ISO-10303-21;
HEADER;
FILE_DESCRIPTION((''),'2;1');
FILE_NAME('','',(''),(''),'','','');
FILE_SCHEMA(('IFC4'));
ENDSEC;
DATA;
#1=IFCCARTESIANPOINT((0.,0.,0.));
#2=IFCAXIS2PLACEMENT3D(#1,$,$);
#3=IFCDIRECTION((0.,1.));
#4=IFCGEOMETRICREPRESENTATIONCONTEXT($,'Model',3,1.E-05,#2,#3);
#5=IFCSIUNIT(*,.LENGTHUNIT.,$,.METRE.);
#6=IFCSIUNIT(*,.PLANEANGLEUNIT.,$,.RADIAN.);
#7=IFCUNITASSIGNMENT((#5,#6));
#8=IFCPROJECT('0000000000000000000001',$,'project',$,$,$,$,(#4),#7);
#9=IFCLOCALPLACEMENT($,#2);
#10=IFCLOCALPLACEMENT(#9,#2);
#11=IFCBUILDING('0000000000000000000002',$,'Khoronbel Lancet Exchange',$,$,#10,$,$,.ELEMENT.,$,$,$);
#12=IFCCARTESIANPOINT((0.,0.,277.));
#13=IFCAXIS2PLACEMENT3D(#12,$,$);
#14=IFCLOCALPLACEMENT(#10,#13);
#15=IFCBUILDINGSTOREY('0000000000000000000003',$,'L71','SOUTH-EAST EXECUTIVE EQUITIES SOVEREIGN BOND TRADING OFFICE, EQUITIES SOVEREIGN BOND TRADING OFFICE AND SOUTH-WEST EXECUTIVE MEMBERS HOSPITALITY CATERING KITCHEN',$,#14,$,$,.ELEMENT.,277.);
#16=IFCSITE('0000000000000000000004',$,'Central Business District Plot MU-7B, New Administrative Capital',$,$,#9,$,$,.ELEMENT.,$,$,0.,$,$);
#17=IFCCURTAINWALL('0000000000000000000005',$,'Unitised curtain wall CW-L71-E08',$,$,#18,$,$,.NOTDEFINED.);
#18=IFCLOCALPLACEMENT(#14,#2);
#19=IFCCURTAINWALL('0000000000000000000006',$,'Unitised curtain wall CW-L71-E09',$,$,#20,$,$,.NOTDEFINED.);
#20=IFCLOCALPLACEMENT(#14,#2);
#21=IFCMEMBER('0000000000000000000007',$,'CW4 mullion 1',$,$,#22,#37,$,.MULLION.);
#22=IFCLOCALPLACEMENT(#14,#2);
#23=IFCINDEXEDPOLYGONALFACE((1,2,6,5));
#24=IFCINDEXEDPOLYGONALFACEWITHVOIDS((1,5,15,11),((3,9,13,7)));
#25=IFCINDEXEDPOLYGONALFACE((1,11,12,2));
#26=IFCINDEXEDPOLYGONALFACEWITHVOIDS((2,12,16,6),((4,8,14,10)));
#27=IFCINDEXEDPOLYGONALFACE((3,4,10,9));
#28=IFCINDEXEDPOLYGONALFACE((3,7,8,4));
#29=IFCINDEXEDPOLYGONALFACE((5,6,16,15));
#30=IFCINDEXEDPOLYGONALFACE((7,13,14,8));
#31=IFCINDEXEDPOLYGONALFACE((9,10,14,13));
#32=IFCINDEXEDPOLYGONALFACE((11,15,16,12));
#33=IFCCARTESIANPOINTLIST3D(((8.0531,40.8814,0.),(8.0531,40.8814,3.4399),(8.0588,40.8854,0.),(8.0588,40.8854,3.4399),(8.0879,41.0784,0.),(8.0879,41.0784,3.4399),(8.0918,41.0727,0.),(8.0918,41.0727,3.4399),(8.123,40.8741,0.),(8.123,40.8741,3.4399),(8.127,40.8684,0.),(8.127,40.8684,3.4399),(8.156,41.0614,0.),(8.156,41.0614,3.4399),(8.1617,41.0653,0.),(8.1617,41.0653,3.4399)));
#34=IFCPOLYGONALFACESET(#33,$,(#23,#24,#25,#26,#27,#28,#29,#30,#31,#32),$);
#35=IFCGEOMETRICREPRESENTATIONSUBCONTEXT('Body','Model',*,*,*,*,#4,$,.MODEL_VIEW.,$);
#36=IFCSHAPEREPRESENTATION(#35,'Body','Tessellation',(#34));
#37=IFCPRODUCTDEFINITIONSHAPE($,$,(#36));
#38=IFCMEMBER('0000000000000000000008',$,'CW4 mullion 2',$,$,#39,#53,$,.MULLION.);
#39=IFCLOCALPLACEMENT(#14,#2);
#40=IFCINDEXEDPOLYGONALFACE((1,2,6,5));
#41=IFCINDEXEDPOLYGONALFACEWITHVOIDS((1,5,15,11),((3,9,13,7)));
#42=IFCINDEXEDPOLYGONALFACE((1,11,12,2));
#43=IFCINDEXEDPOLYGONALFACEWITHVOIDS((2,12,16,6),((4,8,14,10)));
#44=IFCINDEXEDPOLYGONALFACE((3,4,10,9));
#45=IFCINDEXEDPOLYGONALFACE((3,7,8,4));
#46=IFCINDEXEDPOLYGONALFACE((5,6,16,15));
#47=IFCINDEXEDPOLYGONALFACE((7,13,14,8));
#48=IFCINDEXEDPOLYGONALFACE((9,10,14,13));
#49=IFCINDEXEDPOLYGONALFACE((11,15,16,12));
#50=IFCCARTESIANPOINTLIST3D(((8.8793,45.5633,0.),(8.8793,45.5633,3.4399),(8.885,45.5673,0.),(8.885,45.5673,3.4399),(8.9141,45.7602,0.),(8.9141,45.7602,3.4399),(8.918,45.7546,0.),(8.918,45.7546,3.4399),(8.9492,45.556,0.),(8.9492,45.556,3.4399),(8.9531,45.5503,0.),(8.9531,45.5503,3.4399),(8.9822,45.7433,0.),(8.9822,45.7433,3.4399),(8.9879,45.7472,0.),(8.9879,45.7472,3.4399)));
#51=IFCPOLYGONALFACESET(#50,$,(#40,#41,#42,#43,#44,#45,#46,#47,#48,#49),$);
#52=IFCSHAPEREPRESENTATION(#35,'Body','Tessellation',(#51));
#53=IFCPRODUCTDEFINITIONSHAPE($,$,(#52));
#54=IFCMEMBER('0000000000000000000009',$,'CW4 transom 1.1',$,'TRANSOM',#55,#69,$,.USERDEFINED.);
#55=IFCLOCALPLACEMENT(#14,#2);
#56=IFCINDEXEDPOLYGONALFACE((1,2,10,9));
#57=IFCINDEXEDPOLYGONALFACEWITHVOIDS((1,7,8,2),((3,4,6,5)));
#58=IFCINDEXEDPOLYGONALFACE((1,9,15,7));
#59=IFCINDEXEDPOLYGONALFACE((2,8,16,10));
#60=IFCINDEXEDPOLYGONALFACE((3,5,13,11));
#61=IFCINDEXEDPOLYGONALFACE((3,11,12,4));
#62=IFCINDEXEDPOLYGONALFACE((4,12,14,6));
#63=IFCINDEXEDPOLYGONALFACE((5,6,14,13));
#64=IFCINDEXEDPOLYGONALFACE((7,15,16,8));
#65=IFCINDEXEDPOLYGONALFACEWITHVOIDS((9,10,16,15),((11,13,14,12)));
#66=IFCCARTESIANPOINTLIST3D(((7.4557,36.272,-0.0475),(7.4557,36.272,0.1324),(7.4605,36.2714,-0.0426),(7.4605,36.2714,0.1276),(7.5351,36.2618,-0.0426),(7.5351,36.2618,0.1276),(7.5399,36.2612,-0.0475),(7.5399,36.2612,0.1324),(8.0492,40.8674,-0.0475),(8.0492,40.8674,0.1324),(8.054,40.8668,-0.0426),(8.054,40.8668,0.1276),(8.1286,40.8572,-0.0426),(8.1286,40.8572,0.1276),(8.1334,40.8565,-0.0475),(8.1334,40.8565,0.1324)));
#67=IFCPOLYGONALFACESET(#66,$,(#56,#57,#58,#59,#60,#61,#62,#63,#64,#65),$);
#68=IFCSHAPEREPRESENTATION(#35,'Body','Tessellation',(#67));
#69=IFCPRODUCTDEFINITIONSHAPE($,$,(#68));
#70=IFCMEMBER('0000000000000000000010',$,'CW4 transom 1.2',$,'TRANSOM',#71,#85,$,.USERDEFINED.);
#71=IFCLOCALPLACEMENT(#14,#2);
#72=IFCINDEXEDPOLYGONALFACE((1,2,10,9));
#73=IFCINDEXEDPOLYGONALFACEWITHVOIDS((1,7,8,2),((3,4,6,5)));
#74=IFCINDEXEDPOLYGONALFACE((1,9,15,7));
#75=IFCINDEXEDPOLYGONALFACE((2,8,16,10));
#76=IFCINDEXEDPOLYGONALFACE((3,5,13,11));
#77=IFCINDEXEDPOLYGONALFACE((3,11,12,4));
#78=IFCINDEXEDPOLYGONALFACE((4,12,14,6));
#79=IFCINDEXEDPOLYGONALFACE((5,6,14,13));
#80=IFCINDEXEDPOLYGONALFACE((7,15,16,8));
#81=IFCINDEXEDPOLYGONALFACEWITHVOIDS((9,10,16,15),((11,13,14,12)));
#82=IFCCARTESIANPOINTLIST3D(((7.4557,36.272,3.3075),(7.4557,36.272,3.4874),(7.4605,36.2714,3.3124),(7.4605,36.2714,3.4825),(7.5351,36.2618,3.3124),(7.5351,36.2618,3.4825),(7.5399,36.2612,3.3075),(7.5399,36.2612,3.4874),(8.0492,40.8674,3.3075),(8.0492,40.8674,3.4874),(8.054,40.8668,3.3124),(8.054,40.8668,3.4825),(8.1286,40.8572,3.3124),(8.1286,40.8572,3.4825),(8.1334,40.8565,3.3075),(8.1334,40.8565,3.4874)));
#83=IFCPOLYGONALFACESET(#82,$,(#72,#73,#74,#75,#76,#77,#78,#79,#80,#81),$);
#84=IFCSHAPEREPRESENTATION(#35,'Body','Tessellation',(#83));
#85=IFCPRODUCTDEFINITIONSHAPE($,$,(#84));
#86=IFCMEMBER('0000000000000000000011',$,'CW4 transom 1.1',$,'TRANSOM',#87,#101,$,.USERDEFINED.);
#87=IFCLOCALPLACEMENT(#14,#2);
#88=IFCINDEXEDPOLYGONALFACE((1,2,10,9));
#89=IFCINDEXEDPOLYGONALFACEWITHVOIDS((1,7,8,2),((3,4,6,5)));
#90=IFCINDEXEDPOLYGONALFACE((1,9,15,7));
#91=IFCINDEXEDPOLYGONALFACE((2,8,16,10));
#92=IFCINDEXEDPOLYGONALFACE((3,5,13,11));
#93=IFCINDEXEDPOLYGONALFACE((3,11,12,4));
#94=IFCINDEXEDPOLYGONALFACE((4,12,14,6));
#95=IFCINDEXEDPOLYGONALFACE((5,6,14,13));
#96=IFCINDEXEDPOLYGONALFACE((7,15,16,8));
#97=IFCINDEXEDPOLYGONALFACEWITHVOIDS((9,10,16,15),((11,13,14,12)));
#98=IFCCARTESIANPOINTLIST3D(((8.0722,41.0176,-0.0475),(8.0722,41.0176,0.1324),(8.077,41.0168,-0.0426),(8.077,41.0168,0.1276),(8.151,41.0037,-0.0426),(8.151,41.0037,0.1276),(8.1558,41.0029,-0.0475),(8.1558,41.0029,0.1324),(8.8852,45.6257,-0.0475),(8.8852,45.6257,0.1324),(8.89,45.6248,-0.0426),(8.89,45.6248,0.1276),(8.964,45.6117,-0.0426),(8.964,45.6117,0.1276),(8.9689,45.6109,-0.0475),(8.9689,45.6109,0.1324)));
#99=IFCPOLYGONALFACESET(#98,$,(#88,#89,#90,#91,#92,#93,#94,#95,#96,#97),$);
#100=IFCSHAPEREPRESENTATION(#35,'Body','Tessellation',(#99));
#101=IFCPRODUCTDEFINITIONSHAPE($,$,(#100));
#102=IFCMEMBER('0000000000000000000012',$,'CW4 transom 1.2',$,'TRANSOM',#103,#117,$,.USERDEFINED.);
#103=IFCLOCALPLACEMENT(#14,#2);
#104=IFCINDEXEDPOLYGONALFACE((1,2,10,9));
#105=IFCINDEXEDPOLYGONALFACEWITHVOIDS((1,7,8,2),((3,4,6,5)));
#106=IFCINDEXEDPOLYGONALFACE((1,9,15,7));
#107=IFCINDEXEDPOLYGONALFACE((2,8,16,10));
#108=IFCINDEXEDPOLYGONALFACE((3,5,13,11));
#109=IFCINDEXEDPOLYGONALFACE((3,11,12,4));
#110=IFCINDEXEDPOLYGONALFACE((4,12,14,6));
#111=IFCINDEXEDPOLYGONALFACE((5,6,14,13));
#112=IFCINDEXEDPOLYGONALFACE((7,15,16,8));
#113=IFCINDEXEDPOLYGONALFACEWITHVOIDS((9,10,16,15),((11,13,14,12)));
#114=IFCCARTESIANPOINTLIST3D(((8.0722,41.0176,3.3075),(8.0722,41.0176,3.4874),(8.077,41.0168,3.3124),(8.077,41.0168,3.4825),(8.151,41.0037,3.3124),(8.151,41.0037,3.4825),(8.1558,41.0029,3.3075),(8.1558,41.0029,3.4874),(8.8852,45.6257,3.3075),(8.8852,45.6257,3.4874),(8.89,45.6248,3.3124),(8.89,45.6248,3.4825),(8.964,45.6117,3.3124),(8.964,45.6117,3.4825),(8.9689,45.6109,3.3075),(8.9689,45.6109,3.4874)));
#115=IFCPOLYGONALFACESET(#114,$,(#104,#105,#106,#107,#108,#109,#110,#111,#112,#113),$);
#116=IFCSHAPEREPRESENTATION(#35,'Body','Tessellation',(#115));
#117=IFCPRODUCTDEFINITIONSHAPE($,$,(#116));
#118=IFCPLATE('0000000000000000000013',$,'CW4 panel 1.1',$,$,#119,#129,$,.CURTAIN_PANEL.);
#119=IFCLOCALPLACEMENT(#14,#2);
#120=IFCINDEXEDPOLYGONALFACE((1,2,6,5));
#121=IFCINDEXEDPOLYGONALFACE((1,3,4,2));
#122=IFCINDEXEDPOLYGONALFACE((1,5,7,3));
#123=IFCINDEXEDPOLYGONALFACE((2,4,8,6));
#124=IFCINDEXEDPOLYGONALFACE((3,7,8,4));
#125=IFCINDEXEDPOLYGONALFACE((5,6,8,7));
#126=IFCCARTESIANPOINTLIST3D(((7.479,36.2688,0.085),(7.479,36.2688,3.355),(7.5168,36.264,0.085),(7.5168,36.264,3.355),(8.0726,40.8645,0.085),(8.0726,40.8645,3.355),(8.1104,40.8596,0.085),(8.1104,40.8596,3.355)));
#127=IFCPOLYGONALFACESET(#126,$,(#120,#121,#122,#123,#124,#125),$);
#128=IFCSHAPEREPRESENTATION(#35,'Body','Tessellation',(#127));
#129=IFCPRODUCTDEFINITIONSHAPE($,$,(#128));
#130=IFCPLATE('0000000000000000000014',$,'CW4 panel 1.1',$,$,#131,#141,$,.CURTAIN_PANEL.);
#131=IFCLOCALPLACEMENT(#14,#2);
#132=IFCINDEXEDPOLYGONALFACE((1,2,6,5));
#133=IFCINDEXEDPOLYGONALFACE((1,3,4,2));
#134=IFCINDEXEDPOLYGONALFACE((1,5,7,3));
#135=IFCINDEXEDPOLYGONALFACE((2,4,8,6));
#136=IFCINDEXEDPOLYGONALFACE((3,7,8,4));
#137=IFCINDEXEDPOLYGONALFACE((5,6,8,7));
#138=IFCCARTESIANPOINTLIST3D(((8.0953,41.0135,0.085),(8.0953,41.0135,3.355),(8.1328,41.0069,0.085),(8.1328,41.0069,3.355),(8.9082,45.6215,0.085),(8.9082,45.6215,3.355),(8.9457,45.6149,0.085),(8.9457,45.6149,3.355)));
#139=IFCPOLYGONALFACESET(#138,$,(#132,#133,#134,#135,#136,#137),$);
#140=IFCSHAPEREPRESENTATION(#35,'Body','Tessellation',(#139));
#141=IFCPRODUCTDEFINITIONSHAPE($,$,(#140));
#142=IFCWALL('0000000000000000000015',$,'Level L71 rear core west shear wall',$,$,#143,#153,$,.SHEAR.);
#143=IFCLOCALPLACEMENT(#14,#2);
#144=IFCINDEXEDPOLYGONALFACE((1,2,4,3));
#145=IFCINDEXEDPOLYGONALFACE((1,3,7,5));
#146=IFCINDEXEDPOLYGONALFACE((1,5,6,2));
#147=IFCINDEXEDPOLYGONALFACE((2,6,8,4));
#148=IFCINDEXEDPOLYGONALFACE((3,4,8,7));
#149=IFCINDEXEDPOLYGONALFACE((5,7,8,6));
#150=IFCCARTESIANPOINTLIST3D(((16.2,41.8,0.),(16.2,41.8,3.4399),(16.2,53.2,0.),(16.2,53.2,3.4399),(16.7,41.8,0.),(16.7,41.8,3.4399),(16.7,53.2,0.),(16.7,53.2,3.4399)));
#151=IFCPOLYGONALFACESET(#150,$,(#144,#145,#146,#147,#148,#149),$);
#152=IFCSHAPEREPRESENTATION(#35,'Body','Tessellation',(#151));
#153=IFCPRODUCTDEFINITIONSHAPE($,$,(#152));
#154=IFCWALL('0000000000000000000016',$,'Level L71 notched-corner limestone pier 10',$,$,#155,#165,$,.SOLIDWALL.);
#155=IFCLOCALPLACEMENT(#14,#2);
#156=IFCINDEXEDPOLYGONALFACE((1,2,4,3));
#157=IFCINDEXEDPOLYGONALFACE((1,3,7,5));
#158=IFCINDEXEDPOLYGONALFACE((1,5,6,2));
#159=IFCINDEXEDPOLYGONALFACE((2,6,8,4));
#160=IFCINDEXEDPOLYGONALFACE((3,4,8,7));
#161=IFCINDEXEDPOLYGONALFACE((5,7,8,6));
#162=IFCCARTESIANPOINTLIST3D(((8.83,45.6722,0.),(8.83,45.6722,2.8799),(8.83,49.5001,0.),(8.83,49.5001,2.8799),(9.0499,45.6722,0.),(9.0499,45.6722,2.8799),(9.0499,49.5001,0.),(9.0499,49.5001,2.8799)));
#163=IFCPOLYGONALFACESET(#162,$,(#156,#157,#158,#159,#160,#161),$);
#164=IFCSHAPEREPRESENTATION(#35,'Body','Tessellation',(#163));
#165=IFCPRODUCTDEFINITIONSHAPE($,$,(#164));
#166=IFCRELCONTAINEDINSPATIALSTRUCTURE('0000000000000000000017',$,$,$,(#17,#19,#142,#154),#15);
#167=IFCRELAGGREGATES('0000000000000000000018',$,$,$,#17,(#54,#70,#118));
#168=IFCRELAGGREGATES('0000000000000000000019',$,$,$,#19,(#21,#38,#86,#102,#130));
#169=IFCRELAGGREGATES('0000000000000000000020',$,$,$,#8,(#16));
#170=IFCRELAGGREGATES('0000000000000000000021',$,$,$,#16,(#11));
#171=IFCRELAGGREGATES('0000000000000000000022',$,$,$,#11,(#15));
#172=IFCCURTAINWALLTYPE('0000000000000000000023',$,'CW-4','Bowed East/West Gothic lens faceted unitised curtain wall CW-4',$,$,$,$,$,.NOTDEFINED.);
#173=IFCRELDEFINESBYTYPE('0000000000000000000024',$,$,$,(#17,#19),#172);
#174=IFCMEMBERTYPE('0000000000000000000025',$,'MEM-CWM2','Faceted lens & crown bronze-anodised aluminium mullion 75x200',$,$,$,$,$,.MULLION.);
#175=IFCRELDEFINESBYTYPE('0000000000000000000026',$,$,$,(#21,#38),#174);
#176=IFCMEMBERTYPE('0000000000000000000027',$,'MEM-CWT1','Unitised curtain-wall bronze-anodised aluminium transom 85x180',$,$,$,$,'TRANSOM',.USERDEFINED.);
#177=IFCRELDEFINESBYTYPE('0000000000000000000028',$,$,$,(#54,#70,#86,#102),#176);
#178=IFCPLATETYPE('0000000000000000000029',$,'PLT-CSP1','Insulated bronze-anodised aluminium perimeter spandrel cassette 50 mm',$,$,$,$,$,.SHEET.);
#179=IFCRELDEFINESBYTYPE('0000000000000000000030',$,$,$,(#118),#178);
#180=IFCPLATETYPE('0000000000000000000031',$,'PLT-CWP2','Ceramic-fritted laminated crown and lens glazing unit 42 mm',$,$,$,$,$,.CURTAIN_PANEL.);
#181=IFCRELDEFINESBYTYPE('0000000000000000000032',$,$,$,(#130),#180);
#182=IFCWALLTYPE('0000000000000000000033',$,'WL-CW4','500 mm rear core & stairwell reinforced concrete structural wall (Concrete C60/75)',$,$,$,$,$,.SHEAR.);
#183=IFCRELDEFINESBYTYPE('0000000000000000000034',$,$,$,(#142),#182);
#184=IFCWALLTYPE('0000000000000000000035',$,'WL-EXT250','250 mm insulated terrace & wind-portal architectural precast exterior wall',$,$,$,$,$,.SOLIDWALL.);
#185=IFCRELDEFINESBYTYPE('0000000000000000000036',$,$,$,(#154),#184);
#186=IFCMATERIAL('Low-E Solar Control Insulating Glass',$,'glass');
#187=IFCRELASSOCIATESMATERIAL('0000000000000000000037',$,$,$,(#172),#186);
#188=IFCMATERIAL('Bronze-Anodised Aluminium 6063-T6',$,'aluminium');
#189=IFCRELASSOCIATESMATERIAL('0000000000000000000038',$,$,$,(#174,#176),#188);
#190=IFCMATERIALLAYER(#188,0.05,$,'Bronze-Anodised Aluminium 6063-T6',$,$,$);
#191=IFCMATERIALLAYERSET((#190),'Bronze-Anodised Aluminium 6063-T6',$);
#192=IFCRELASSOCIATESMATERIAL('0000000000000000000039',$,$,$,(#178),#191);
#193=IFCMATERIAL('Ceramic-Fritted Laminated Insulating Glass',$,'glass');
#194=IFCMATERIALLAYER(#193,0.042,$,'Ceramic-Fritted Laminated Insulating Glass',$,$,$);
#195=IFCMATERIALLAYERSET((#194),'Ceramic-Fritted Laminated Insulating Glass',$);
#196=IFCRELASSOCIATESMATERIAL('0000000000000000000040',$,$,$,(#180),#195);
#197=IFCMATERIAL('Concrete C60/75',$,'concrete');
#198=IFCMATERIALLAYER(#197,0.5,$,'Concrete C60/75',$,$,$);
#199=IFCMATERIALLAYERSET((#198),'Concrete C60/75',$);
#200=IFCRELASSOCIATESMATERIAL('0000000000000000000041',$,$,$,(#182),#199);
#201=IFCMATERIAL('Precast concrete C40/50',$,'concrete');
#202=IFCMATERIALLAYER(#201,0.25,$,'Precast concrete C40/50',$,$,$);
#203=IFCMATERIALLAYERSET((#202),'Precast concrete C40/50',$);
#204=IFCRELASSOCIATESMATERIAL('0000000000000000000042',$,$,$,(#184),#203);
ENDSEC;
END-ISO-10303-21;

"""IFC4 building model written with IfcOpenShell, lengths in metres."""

from ifc_helpers import new_model, si_unit, direction, frame, frame_2d, origin, origin_2d, place, context, subcontext, project, spatial, rectangle, hollow_rectangle, extrude, material, layer, layer_set, material_profile, profile_set, type_object, element, aggregate, save


model = new_model("IFC4")

# Units and contexts
model_context = context("Model", 3, precision=1e-05, world=origin(), true_north=direction((0.0, 1.0)))
body_context = subcontext(model_context, "Body", "Model", "MODEL_VIEW")
ifc_project = project(units=[si_unit("LENGTHUNIT", "METRE"), si_unit("PLANEANGLEUNIT", "RADIAN")], contexts=[model_context])

# Site, building, storey
site_placement = place(None, origin())
site = spatial("IfcSite", under=ifc_project, at=site_placement, Name="Central Business District Plot MU-7B, New Administrative Capital", CompositionType="ELEMENT", RefElevation=0.0)
building_placement = place(site_placement, origin())
building = spatial("IfcBuilding", under=site, at=building_placement, Name="Khoronbel Lancet Exchange", CompositionType="ELEMENT")
storey_placement = place(building_placement, frame((0.0, 0.0, 277.0)))
storey = spatial("IfcBuildingStorey", under=building, at=storey_placement, Name="L71", Description="SOUTH-EAST EXECUTIVE EQUITIES SOVEREIGN BOND TRADING OFFICE, EQUITIES SOVEREIGN BOND TRADING OFFICE AND SOUTH-WEST EXECUTIVE MEMBERS HOSPITALITY CATERING KITCHEN", CompositionType="ELEMENT", Elevation=277.0)

# Shared definitions
ifc_material_1 = material(Name="Low-E Solar Control Insulating Glass", Category="glass")
curtain_wall_type = type_object("IfcCurtainWallType", Name="CW-4", Description="Bowed East/West Gothic lens faceted unitised curtain wall CW-4", PredefinedType="NOTDEFINED", material=ifc_material_1)
ifc_material_2 = material(Name="Bronze-Anodised Aluminium 6063-T6", Category="aluminium")
ifc_material_profile_1 = material_profile(ifc_material_2, hollow_rectangle(XDim=0.075, YDim=0.2, WallThickness=0.0049, at=origin_2d()), Name="ALU MULLION 75x200")
ifc_profile_set_1 = profile_set([ifc_material_profile_1], Name="Bronze-Anodised Aluminium 6063-T6")
member_type_1 = type_object("IfcMemberType", Name="MEM-CWM2", Description="Faceted lens & crown bronze-anodised aluminium mullion 75x200", PredefinedType="MULLION", material=ifc_profile_set_1)

# Curtain walls, members
curtain_wall_1_placement = place(storey_placement, origin())
curtain_wall_1 = element("IfcCurtainWall", 1, at=curtain_wall_1_placement, inside=storey, type_object=curtain_wall_type, Name="Unitised curtain wall CW-L71-E08", PredefinedType="NOTDEFINED")
curtain_wall_2_placement = place(storey_placement, origin())
curtain_wall_2 = element("IfcCurtainWall", 2, at=curtain_wall_2_placement, inside=storey, type_object=curtain_wall_type, Name="Unitised curtain wall CW-L71-E09", PredefinedType="NOTDEFINED")
member_1_placement = place(storey_placement, frame((8.1074, 40.9734, 0.0), z_axis=(0.0, 0.0, 1.0), x_axis=(-0.984792, 0.173737, 0.0)))
member_1 = element("IfcMember", 3, at=member_1_placement, type_object=member_type_1, Name="CW4 mullion 1", PredefinedType="MULLION", context=body_context, shape_type="SweptSolid", body=[
    extrude(hollow_rectangle(XDim=0.075, YDim=0.2, WallThickness=0.0049, at=origin_2d()), origin(), (0.0, 0.0, 1.0), 3.4399),
])
member_2_placement = place(storey_placement, frame((8.9336, 45.6553, 0.0), z_axis=(0.0, 0.0, 1.0), x_axis=(-0.984792, 0.173737, 0.0)))
member_2 = element("IfcMember", 4, at=member_2_placement, type_object=member_type_1, Name="CW4 mullion 2", PredefinedType="MULLION", context=body_context, shape_type="SweptSolid", body=[
    extrude(hollow_rectangle(XDim=0.075, YDim=0.2, WallThickness=0.0049, at=origin_2d()), origin(), (0.0, 0.0, 1.0), 3.4399),
])

# Members
ifc_material_profile_2 = material_profile(ifc_material_2, hollow_rectangle(XDim=0.085, YDim=0.1799, WallThickness=0.0049, at=origin_2d()), Name="ALU TRANSOM 85x180")
ifc_profile_set_2 = profile_set([ifc_material_profile_2], Name="Bronze-Anodised Aluminium 6063-T6")
member_type_2 = type_object("IfcMemberType", Name="MEM-CWT1", Description="Unitised curtain-wall bronze-anodised aluminium transom 85x180", ElementType="TRANSOM", PredefinedType="USERDEFINED", material=ifc_profile_set_2)
member_3_placement = place(storey_placement, frame((7.4978, 36.2666, 0.0425), z_axis=(0.128087, 0.991763, 0.0), x_axis=(-0.991763, 0.128087, 0.0)))
member_3 = element("IfcMember", 5, at=member_3_placement, type_object=member_type_2, Name="CW4 transom 1.1", ObjectType="TRANSOM", PredefinedType="USERDEFINED", context=body_context, shape_type="SweptSolid", body=[
    extrude(hollow_rectangle(XDim=0.085, YDim=0.1799, WallThickness=0.0049, at=origin_2d()), origin(), (0.0, 0.0, 1.0), 4.6335),
])
member_4_placement = place(storey_placement, frame((7.4978, 36.2666, 3.3975), z_axis=(0.128087, 0.991763, 0.0), x_axis=(-0.991763, 0.128087, 0.0)))
member_4 = element("IfcMember", 6, at=member_4_placement, type_object=member_type_2, Name="CW4 transom 1.2", ObjectType="TRANSOM", PredefinedType="USERDEFINED", context=body_context, shape_type="SweptSolid", body=[
    extrude(hollow_rectangle(XDim=0.085, YDim=0.1799, WallThickness=0.0049, at=origin_2d()), origin(), (0.0, 0.0, 1.0), 4.6335),
])
member_5_placement = place(storey_placement, frame((8.114, 41.0103, 0.0425), z_axis=(0.17375, 0.98479, 0.0), x_axis=(-0.98479, 0.17375, 0.0)))
member_5 = element("IfcMember", 7, at=member_5_placement, type_object=member_type_2, Name="CW4 transom 1.1", ObjectType="TRANSOM", PredefinedType="USERDEFINED", context=body_context, shape_type="SweptSolid", body=[
    extrude(hollow_rectangle(XDim=0.085, YDim=0.1799, WallThickness=0.0049, at=origin_2d()), origin(), (0.0, 0.0, 1.0), 4.6792),
])
member_6_placement = place(storey_placement, frame((8.114, 41.0103, 3.3975), z_axis=(0.17375, 0.98479, 0.0), x_axis=(-0.98479, 0.17375, 0.0)))
member_6 = element("IfcMember", 8, at=member_6_placement, type_object=member_type_2, Name="CW4 transom 1.2", ObjectType="TRANSOM", PredefinedType="USERDEFINED", context=body_context, shape_type="SweptSolid", body=[
    extrude(hollow_rectangle(XDim=0.085, YDim=0.1799, WallThickness=0.0049, at=origin_2d()), origin(), (0.0, 0.0, 1.0), 4.6792),
])

# Plates
ifc_layer_1 = layer(ifc_material_2, 0.05, Name="Bronze-Anodised Aluminium 6063-T6")
ifc_layer_set_1 = layer_set([ifc_layer_1], Name="Bronze-Anodised Aluminium 6063-T6")
plate_type_1 = type_object("IfcPlateType", Name="PLT-CSP1", Description="Insulated bronze-anodised aluminium perimeter spandrel cassette 50 mm", PredefinedType="SHEET", material=ifc_layer_set_1)
plate_1_placement = place(storey_placement, frame((7.7947, 38.5642, 0.085), z_axis=(0.0, 0.0, 1.0), x_axis=(0.128101, 0.991761, 0.0)))
plate_1 = element("IfcPlate", 9, at=plate_1_placement, type_object=plate_type_1, Name="CW4 panel 1.1", PredefinedType="CURTAIN_PANEL", context=body_context, shape_type="SweptSolid", body=[
    extrude(rectangle(XDim=4.6338, YDim=0.0381, at=origin_2d()), origin(), (0.0, 0.0, 1.0), 3.27),
])
aggregate(curtain_wall_1, [member_3, member_4, plate_1])
ifc_material_3 = material(Name="Ceramic-Fritted Laminated Insulating Glass", Category="glass")
ifc_layer_2 = layer(ifc_material_3, 0.042, Name="Ceramic-Fritted Laminated Insulating Glass")
ifc_layer_set_2 = layer_set([ifc_layer_2], Name="Ceramic-Fritted Laminated Insulating Glass")
plate_type_2 = type_object("IfcPlateType", Name="PLT-CWP2", Description="Ceramic-fritted laminated crown and lens glazing unit 42 mm", PredefinedType="CURTAIN_PANEL", material=ifc_layer_set_2)
plate_2_placement = place(storey_placement, frame((8.5205, 43.3142, 0.085), z_axis=(0.0, 0.0, 1.0), x_axis=(0.173737, 0.984792, 0.0)))
plate_2 = element("IfcPlate", 10, at=plate_2_placement, type_object=plate_type_2, Name="CW4 panel 1.1", PredefinedType="CURTAIN_PANEL", context=body_context, shape_type="SweptSolid", body=[
    extrude(rectangle(XDim=4.6792, YDim=0.0381, at=origin_2d()), origin(), (0.0, 0.0, 1.0), 3.27),
])
aggregate(curtain_wall_2, [member_1, member_2, member_5, member_6, plate_2])

# Walls
ifc_material_4 = material(Name="Concrete C60/75", Category="concrete")
ifc_layer_3 = layer(ifc_material_4, 0.5, Name="Concrete C60/75")
ifc_layer_set_3 = layer_set([ifc_layer_3], Name="Concrete C60/75")
wall_type_1 = type_object("IfcWallType", Name="WL-CW4", Description="500 mm rear core & stairwell reinforced concrete structural wall (Concrete C60/75)", PredefinedType="SHEAR", material=ifc_layer_set_3)
wall_1_placement = place(storey_placement, frame((16.45, 41.8, 0.0), z_axis=(0.0, 0.0, 1.0), x_axis=(0.0, 1.0, 0.0)))
element("IfcWall", 11, at=wall_1_placement, inside=storey, type_object=wall_type_1, Name="Level L71 rear core west shear wall", PredefinedType="SHEAR", context=body_context, shape_type="SweptSolid", body=[
    extrude(rectangle(XDim=11.3999, YDim=0.5, at=frame_2d((5.7, 0.0))), origin(), (0.0, 0.0, 1.0), 3.4399),
])
ifc_material_5 = material(Name="Precast concrete C40/50", Category="concrete")
ifc_layer_4 = layer(ifc_material_5, 0.25, Name="Precast concrete C40/50")
ifc_layer_set_4 = layer_set([ifc_layer_4], Name="Precast concrete C40/50")
wall_type_2 = type_object("IfcWallType", Name="WL-EXT250", Description="250 mm insulated terrace & wind-portal architectural precast exterior wall", PredefinedType="SOLIDWALL", material=ifc_layer_set_4)
wall_2_placement = place(storey_placement, frame((8.9399, 45.6721, 0.0), z_axis=(0.0, 0.0, 1.0), x_axis=(0.0, 1.0, 0.0)))
element("IfcWall", 12, at=wall_2_placement, inside=storey, type_object=wall_type_2, Name="Level L71 notched-corner limestone pier 10", PredefinedType="SOLIDWALL", context=body_context, shape_type="SweptSolid", body=[
    extrude(rectangle(XDim=3.8279, YDim=0.22, at=frame_2d((1.9141, 0.0))), origin(), (0.0, 0.0, 1.0), 2.8799),
])

save(model, "model.ifc")
